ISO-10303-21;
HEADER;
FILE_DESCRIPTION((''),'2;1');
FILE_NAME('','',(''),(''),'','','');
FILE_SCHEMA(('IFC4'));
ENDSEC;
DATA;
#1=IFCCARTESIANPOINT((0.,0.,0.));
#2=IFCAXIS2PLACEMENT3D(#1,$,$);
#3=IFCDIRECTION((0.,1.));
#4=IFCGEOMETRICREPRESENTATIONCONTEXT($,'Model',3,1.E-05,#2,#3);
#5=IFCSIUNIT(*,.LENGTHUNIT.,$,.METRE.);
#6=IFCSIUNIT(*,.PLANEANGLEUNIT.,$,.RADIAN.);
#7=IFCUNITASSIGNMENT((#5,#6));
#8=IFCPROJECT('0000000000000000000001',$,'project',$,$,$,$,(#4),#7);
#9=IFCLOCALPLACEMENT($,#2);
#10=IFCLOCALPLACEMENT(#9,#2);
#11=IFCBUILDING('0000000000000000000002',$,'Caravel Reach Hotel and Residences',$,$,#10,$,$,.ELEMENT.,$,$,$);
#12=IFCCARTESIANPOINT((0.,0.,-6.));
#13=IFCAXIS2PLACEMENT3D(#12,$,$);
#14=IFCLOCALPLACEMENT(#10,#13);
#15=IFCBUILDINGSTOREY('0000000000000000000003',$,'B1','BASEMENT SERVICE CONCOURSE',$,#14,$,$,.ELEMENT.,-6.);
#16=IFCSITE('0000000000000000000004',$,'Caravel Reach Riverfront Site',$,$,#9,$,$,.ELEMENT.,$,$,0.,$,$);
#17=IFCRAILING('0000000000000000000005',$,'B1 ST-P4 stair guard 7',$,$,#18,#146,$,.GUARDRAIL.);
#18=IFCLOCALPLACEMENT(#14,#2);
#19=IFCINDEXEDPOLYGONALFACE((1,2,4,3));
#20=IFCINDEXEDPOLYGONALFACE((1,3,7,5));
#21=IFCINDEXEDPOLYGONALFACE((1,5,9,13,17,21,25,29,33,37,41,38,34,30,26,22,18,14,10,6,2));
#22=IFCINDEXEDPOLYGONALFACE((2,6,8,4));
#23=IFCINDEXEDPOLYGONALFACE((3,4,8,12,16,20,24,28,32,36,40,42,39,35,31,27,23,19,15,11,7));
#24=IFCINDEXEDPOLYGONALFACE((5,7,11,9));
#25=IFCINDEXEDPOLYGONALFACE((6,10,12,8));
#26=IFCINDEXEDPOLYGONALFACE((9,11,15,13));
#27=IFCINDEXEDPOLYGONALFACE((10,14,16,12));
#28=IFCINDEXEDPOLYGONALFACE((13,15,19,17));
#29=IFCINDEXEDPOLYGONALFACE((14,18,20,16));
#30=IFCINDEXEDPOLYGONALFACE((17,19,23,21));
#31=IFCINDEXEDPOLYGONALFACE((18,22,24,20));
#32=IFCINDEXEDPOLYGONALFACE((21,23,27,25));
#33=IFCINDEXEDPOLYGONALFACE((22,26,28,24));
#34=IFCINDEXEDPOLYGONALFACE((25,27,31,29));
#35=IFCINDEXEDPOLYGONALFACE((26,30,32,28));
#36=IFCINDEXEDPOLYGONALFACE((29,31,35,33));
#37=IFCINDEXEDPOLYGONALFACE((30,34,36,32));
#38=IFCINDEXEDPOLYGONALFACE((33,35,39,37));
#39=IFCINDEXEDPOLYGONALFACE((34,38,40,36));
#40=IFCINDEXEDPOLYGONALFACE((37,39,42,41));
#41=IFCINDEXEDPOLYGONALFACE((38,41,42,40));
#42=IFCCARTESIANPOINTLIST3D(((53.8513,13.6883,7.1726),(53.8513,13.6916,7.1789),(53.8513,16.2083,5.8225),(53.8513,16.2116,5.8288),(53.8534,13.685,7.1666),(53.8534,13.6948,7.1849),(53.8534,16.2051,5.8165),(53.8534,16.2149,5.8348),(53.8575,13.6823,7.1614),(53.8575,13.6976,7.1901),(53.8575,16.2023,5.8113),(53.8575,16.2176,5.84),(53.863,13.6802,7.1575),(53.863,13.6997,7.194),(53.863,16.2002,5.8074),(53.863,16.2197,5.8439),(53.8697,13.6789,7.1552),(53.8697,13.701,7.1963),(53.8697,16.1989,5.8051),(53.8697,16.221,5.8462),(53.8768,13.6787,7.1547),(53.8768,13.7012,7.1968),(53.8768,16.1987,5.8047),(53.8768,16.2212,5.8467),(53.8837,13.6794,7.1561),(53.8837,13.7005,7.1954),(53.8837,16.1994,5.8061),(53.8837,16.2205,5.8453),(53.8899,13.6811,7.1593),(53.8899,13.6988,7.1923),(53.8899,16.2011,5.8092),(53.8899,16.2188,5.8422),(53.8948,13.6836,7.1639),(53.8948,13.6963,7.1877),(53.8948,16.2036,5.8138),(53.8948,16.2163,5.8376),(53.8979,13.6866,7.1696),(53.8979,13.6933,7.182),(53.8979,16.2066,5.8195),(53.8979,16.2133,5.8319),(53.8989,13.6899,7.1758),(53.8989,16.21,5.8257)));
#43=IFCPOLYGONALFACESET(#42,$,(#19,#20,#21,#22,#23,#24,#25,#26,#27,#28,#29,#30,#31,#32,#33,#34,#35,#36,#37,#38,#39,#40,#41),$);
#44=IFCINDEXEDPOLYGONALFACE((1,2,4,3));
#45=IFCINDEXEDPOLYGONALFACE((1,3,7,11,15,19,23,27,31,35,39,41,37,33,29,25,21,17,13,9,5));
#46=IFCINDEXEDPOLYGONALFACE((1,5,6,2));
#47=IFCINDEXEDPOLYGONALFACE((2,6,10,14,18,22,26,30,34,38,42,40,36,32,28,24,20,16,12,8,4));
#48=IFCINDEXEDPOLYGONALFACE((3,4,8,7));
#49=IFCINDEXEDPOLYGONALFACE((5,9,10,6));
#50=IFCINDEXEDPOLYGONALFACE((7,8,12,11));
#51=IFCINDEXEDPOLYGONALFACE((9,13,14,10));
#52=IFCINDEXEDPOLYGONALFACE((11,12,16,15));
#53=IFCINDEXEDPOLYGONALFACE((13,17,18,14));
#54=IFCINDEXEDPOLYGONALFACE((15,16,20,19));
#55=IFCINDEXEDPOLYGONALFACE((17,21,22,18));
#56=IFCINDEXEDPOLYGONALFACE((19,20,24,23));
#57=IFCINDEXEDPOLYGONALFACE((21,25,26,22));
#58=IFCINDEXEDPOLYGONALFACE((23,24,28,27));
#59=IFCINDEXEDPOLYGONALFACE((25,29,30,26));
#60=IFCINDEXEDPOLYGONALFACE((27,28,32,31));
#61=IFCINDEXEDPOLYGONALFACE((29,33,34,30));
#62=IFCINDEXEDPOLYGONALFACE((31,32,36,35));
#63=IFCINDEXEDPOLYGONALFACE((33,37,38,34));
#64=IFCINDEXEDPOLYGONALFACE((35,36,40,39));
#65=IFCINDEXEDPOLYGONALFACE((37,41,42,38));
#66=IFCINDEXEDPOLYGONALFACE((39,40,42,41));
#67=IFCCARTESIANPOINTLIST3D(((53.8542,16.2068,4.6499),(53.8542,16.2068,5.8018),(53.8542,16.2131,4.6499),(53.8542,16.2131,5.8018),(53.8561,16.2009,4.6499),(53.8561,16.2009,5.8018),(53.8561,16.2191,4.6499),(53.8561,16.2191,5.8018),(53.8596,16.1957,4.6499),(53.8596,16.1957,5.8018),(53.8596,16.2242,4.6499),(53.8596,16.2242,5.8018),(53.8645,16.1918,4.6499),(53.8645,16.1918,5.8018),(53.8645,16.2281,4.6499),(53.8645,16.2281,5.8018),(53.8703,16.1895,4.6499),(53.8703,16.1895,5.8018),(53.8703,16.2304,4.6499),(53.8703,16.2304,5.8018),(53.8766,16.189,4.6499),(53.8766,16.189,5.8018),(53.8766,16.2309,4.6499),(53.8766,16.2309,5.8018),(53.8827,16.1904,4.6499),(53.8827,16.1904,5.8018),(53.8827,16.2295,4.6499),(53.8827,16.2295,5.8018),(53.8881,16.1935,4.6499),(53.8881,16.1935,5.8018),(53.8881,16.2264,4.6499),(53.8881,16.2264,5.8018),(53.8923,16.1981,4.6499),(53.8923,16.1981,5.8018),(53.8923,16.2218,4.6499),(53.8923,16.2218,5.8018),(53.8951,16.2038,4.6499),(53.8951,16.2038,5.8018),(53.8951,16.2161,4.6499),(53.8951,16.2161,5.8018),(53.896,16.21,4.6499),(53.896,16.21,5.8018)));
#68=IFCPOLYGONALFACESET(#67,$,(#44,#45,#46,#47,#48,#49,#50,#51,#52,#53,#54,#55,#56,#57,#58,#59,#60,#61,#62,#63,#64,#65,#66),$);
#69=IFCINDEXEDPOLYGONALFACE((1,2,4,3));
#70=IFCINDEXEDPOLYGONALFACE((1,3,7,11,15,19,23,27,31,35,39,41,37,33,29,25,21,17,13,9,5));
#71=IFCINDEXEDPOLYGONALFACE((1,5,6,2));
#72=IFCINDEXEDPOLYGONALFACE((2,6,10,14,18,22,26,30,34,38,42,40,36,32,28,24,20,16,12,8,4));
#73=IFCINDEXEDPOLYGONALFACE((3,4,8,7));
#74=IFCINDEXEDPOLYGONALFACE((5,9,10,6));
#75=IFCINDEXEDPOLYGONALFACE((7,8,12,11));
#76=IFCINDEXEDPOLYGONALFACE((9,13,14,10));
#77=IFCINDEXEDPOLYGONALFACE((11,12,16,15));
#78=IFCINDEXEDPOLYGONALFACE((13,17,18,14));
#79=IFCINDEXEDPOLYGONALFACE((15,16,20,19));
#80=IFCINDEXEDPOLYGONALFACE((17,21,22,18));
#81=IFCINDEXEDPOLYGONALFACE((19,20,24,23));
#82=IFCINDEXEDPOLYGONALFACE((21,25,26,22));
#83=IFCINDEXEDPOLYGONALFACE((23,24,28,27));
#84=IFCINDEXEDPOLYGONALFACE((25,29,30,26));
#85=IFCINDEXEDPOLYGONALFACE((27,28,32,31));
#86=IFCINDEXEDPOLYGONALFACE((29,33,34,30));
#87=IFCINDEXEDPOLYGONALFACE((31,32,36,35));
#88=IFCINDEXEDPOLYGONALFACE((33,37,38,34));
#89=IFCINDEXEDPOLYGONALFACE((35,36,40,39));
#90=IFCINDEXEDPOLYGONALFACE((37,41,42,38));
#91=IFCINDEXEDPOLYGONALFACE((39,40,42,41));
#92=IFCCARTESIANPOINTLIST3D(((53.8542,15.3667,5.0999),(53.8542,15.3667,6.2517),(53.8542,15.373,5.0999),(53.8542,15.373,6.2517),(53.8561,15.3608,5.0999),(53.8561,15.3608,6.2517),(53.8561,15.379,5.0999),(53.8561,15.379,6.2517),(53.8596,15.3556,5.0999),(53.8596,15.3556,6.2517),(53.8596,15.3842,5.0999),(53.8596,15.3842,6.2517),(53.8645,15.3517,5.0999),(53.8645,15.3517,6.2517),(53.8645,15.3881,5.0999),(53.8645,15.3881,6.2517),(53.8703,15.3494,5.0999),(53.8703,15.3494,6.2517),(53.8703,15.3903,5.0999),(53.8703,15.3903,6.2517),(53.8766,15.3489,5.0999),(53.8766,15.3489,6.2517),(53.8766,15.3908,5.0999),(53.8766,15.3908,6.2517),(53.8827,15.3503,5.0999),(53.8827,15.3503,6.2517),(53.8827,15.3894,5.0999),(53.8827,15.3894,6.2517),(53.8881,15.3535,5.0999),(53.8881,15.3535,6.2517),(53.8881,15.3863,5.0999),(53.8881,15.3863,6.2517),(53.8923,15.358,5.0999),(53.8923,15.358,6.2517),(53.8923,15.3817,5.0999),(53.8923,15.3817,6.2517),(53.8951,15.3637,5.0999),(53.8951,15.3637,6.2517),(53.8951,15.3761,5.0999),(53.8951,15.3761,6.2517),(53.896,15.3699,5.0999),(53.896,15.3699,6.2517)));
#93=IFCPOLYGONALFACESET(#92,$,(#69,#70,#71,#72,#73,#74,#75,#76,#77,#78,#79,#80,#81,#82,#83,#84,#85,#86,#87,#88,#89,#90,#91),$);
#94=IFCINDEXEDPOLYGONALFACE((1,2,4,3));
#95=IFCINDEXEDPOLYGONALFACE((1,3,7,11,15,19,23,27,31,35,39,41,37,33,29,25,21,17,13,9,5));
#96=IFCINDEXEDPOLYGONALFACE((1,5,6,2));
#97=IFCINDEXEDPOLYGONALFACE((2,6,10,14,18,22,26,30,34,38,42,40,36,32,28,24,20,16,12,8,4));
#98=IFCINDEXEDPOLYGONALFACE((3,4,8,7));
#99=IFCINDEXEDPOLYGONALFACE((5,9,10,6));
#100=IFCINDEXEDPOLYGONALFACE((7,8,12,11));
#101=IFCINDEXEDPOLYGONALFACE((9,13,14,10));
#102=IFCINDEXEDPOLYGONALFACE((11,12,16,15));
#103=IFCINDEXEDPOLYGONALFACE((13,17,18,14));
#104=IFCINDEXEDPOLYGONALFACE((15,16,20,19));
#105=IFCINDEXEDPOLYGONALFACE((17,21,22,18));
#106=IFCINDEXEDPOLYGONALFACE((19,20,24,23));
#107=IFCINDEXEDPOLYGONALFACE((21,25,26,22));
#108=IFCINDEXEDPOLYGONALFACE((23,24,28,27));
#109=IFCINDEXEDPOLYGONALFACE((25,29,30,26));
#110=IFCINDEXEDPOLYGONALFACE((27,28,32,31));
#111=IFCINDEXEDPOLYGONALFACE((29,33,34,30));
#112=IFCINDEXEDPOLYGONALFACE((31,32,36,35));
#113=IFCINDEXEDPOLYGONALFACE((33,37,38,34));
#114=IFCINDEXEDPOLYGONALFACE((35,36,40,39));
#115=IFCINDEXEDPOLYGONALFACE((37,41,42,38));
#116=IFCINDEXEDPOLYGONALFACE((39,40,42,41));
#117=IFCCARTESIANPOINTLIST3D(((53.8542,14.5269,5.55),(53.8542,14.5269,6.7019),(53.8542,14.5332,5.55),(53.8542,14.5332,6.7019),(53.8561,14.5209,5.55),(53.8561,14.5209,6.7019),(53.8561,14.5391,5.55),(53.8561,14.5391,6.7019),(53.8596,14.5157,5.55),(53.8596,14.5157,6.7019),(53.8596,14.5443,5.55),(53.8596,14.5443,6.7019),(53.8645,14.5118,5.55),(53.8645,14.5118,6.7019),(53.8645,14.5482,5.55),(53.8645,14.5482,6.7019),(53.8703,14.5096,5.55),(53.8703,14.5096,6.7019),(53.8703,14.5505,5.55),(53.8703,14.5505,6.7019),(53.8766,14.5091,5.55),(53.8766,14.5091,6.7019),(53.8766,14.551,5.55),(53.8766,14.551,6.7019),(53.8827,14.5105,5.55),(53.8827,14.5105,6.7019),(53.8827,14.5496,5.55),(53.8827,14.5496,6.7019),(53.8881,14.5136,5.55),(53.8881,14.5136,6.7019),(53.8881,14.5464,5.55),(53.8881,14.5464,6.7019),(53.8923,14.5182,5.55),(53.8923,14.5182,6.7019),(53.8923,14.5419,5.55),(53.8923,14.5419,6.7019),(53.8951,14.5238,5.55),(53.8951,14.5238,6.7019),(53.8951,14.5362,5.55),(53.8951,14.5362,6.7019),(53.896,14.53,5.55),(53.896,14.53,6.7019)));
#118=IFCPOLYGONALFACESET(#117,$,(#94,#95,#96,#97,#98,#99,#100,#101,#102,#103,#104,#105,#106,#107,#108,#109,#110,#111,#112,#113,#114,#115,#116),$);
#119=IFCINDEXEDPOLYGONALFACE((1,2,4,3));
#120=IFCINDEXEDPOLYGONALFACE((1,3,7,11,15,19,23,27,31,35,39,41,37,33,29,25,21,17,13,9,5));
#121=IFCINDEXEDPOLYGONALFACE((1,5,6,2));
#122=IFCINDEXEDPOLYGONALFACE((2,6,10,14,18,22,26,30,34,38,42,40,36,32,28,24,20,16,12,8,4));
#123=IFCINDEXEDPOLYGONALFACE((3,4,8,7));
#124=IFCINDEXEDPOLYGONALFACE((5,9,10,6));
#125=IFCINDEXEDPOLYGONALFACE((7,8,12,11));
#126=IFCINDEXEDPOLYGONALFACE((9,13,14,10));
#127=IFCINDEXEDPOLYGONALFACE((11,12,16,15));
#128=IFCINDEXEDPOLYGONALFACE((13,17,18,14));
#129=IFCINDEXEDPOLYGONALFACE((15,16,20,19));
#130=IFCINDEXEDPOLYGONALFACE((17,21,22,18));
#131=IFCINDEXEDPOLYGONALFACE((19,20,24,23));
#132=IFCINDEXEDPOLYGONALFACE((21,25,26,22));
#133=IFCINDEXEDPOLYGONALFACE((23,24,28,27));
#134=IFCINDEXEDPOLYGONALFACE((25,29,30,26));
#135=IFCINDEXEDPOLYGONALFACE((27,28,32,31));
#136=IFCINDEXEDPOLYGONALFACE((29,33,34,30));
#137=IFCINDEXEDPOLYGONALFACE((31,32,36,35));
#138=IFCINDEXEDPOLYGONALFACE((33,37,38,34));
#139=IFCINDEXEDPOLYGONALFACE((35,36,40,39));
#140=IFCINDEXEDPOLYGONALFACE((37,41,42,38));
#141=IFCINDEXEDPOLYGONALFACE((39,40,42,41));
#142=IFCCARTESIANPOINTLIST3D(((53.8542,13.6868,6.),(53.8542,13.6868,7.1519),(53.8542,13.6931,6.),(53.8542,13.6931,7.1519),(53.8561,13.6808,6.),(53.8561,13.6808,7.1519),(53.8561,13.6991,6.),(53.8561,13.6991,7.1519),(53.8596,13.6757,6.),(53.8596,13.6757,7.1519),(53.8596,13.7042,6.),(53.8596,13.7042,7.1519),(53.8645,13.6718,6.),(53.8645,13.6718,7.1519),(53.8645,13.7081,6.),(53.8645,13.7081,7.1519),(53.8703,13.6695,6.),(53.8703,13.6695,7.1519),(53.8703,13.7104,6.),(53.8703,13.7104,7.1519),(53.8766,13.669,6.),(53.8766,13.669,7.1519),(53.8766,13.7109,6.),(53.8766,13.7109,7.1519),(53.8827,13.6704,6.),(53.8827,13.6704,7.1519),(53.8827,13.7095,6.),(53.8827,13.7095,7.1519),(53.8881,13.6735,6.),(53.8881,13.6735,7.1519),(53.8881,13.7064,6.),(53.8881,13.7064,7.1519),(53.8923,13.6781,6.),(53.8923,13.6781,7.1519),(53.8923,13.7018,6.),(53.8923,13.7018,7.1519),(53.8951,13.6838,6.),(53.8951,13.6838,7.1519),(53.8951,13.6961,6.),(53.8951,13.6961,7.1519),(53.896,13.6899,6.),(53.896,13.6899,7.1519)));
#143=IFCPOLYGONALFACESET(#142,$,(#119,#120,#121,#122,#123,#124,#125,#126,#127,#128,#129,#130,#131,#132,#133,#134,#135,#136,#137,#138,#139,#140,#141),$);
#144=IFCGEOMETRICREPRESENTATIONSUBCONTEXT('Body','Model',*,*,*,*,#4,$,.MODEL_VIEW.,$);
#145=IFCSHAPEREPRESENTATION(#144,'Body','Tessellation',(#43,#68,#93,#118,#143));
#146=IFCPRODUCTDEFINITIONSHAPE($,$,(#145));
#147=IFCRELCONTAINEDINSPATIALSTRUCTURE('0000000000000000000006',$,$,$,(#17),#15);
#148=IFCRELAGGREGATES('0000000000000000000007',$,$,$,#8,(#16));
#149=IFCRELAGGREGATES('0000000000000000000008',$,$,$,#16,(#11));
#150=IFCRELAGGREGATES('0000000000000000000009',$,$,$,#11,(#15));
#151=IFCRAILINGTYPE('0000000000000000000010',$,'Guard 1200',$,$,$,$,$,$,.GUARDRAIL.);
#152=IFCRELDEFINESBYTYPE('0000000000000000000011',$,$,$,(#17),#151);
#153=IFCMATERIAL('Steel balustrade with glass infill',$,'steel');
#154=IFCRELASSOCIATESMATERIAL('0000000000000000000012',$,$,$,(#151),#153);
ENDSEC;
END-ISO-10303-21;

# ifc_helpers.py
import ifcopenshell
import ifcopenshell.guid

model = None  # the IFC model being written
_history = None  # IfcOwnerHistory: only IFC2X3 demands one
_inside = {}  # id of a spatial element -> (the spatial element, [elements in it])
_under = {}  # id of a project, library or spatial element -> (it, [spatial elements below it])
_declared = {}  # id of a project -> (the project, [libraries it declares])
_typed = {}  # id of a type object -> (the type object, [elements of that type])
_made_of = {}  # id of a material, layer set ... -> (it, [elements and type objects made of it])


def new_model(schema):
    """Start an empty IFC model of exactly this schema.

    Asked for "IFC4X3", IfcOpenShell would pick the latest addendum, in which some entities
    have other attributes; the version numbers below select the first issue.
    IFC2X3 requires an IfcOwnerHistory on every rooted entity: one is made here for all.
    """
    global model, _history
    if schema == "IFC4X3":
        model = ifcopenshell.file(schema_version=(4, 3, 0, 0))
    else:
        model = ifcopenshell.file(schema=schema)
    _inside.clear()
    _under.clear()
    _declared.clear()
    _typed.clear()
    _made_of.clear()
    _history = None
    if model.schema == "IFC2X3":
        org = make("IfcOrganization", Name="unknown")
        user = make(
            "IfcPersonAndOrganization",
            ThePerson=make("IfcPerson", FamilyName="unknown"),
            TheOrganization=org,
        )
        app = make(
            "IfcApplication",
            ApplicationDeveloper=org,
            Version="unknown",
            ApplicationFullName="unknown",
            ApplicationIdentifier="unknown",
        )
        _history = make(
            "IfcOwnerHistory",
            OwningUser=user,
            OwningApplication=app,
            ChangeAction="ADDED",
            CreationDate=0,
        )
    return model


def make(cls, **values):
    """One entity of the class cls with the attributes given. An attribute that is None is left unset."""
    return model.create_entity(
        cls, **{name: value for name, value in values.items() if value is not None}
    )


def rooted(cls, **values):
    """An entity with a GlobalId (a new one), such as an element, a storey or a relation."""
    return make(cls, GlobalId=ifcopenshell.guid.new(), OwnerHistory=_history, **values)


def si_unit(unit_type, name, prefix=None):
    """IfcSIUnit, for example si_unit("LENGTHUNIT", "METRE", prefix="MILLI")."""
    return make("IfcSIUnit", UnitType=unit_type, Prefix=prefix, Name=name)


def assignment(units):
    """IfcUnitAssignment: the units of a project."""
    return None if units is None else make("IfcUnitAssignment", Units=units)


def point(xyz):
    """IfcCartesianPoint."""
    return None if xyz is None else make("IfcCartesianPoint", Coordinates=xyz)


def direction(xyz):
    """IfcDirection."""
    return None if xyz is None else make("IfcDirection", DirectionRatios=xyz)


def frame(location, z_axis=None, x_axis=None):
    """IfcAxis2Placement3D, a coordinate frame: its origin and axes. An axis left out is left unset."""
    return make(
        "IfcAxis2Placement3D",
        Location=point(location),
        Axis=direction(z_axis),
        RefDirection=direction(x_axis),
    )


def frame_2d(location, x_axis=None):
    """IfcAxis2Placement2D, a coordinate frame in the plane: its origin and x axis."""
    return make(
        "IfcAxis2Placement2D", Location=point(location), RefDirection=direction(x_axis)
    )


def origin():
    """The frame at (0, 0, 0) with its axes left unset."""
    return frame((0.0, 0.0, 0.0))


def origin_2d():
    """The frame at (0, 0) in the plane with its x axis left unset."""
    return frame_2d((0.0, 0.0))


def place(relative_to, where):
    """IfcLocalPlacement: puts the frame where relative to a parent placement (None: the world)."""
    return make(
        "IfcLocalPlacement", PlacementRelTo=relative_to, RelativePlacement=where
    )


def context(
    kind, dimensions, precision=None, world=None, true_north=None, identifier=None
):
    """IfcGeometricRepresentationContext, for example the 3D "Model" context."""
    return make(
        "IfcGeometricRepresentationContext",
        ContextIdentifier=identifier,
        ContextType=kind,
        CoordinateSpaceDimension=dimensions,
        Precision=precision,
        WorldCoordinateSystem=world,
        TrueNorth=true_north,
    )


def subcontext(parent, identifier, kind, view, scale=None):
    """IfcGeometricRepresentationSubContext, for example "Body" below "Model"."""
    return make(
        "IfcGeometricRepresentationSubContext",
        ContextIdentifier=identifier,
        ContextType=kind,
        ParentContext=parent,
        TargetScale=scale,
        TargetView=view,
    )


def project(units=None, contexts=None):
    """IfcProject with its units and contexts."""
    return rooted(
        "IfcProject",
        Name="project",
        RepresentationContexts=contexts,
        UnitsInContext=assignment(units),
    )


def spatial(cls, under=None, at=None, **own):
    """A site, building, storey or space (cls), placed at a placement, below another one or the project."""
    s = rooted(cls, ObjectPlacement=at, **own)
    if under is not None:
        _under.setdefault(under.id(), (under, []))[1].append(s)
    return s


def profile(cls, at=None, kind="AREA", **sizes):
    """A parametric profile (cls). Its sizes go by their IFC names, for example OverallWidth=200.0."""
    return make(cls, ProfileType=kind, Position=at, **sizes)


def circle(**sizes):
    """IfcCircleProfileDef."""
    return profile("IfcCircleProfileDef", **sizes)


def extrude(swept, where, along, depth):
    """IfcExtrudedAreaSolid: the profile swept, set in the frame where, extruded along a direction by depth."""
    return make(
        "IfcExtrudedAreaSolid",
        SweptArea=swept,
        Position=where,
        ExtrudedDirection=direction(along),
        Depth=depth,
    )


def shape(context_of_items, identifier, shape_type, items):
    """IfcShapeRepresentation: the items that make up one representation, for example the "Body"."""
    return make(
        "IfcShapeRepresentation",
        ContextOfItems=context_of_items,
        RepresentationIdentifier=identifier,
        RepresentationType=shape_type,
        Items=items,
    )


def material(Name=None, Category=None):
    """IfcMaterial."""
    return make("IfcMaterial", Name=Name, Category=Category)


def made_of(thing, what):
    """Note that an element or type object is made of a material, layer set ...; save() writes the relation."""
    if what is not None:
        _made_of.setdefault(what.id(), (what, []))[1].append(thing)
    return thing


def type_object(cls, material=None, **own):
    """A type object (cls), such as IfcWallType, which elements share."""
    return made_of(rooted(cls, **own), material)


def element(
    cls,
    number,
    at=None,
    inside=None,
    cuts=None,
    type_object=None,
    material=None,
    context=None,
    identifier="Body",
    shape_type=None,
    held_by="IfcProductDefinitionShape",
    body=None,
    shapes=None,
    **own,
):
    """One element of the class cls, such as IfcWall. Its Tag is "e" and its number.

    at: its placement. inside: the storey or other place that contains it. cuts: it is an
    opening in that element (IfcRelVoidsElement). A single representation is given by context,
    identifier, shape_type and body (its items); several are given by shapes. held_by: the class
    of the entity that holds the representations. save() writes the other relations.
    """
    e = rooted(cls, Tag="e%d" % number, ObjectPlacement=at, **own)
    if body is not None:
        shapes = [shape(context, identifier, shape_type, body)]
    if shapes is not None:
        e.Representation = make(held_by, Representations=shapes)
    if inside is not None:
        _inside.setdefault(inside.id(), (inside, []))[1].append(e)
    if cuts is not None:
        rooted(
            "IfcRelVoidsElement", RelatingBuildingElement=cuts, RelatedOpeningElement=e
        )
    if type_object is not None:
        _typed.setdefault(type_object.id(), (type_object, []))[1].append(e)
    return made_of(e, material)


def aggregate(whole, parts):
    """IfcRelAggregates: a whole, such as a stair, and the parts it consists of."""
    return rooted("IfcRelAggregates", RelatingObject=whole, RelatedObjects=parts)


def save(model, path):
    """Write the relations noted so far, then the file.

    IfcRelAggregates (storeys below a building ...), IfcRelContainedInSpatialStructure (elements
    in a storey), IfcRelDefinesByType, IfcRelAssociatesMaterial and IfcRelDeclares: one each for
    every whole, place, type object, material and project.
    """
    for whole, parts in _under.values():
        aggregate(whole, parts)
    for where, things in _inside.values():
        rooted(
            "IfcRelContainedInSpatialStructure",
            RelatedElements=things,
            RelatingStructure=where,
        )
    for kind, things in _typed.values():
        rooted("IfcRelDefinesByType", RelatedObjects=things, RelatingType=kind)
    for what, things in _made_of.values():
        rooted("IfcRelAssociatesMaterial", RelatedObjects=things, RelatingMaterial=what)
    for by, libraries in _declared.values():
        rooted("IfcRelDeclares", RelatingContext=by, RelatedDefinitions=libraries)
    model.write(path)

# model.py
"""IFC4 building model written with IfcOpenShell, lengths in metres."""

from ifc_helpers import new_model, si_unit, direction, frame, origin, origin_2d, place, context, subcontext, project, spatial, circle, extrude, material, type_object, element, save


model = new_model("IFC4")

# Units and contexts
model_context = context("Model", 3, precision=1e-05, world=origin(), true_north=direction((0.0, 1.0)))
body_context = subcontext(model_context, "Body", "Model", "MODEL_VIEW")
ifc_project = project(units=[si_unit("LENGTHUNIT", "METRE"), si_unit("PLANEANGLEUNIT", "RADIAN")], contexts=[model_context])

# Site, building, storey
site_placement = place(None, origin())
site = spatial("IfcSite", under=ifc_project, at=site_placement, Name="Caravel Reach Riverfront Site", CompositionType="ELEMENT", RefElevation=0.0)
building_placement = place(site_placement, origin())
building = spatial("IfcBuilding", under=site, at=building_placement, Name="Caravel Reach Hotel and Residences", CompositionType="ELEMENT")
storey_placement = place(building_placement, frame((0.0, 0.0, -6.0)))
storey = spatial("IfcBuildingStorey", under=building, at=storey_placement, Name="B1", Description="BASEMENT SERVICE CONCOURSE", CompositionType="ELEMENT", Elevation=-6.0)

# Railing
ifc_material_1 = material(Name="Steel balustrade with glass infill", Category="steel")
railing_type_1 = type_object("IfcRailingType", Name="Guard 1200", PredefinedType="GUARDRAIL", material=ifc_material_1)
railing_1_placement = place(storey_placement, frame((53.875, 16.21, 4.6499)))
element("IfcRailing", 1, at=railing_1_placement, inside=storey, type_object=railing_type_1, Name="B1 ST-P4 stair guard 7", PredefinedType="GUARDRAIL", context=body_context, shape_type="SweptSolid", body=[
    extrude(circle(Radius=0.0239, at=origin_2d()), frame((0.0, 0.0, 1.1758), z_axis=(0.0, -0.881467, 0.472245), x_axis=(1.0, 0.0, 0.0)), (0.0, 0.0, 1.0), 2.8589),
    extrude(circle(Radius=0.021, at=origin_2d()), origin(), (0.0, 0.0, 1.0), 1.1519),
    extrude(circle(Radius=0.021, at=origin_2d()), frame((0.0, -0.8401, 0.45)), (0.0, 0.0, 1.0), 1.1519),
    extrude(circle(Radius=0.021, at=origin_2d()), frame((0.0, -1.6799, 0.9001)), (0.0, 0.0, 1.0), 1.1519),
    extrude(circle(Radius=0.021, at=origin_2d()), frame((0.0, -2.52, 1.3501)), (0.0, 0.0, 1.0), 1.1519),
])

save(model, "model.ifc")
